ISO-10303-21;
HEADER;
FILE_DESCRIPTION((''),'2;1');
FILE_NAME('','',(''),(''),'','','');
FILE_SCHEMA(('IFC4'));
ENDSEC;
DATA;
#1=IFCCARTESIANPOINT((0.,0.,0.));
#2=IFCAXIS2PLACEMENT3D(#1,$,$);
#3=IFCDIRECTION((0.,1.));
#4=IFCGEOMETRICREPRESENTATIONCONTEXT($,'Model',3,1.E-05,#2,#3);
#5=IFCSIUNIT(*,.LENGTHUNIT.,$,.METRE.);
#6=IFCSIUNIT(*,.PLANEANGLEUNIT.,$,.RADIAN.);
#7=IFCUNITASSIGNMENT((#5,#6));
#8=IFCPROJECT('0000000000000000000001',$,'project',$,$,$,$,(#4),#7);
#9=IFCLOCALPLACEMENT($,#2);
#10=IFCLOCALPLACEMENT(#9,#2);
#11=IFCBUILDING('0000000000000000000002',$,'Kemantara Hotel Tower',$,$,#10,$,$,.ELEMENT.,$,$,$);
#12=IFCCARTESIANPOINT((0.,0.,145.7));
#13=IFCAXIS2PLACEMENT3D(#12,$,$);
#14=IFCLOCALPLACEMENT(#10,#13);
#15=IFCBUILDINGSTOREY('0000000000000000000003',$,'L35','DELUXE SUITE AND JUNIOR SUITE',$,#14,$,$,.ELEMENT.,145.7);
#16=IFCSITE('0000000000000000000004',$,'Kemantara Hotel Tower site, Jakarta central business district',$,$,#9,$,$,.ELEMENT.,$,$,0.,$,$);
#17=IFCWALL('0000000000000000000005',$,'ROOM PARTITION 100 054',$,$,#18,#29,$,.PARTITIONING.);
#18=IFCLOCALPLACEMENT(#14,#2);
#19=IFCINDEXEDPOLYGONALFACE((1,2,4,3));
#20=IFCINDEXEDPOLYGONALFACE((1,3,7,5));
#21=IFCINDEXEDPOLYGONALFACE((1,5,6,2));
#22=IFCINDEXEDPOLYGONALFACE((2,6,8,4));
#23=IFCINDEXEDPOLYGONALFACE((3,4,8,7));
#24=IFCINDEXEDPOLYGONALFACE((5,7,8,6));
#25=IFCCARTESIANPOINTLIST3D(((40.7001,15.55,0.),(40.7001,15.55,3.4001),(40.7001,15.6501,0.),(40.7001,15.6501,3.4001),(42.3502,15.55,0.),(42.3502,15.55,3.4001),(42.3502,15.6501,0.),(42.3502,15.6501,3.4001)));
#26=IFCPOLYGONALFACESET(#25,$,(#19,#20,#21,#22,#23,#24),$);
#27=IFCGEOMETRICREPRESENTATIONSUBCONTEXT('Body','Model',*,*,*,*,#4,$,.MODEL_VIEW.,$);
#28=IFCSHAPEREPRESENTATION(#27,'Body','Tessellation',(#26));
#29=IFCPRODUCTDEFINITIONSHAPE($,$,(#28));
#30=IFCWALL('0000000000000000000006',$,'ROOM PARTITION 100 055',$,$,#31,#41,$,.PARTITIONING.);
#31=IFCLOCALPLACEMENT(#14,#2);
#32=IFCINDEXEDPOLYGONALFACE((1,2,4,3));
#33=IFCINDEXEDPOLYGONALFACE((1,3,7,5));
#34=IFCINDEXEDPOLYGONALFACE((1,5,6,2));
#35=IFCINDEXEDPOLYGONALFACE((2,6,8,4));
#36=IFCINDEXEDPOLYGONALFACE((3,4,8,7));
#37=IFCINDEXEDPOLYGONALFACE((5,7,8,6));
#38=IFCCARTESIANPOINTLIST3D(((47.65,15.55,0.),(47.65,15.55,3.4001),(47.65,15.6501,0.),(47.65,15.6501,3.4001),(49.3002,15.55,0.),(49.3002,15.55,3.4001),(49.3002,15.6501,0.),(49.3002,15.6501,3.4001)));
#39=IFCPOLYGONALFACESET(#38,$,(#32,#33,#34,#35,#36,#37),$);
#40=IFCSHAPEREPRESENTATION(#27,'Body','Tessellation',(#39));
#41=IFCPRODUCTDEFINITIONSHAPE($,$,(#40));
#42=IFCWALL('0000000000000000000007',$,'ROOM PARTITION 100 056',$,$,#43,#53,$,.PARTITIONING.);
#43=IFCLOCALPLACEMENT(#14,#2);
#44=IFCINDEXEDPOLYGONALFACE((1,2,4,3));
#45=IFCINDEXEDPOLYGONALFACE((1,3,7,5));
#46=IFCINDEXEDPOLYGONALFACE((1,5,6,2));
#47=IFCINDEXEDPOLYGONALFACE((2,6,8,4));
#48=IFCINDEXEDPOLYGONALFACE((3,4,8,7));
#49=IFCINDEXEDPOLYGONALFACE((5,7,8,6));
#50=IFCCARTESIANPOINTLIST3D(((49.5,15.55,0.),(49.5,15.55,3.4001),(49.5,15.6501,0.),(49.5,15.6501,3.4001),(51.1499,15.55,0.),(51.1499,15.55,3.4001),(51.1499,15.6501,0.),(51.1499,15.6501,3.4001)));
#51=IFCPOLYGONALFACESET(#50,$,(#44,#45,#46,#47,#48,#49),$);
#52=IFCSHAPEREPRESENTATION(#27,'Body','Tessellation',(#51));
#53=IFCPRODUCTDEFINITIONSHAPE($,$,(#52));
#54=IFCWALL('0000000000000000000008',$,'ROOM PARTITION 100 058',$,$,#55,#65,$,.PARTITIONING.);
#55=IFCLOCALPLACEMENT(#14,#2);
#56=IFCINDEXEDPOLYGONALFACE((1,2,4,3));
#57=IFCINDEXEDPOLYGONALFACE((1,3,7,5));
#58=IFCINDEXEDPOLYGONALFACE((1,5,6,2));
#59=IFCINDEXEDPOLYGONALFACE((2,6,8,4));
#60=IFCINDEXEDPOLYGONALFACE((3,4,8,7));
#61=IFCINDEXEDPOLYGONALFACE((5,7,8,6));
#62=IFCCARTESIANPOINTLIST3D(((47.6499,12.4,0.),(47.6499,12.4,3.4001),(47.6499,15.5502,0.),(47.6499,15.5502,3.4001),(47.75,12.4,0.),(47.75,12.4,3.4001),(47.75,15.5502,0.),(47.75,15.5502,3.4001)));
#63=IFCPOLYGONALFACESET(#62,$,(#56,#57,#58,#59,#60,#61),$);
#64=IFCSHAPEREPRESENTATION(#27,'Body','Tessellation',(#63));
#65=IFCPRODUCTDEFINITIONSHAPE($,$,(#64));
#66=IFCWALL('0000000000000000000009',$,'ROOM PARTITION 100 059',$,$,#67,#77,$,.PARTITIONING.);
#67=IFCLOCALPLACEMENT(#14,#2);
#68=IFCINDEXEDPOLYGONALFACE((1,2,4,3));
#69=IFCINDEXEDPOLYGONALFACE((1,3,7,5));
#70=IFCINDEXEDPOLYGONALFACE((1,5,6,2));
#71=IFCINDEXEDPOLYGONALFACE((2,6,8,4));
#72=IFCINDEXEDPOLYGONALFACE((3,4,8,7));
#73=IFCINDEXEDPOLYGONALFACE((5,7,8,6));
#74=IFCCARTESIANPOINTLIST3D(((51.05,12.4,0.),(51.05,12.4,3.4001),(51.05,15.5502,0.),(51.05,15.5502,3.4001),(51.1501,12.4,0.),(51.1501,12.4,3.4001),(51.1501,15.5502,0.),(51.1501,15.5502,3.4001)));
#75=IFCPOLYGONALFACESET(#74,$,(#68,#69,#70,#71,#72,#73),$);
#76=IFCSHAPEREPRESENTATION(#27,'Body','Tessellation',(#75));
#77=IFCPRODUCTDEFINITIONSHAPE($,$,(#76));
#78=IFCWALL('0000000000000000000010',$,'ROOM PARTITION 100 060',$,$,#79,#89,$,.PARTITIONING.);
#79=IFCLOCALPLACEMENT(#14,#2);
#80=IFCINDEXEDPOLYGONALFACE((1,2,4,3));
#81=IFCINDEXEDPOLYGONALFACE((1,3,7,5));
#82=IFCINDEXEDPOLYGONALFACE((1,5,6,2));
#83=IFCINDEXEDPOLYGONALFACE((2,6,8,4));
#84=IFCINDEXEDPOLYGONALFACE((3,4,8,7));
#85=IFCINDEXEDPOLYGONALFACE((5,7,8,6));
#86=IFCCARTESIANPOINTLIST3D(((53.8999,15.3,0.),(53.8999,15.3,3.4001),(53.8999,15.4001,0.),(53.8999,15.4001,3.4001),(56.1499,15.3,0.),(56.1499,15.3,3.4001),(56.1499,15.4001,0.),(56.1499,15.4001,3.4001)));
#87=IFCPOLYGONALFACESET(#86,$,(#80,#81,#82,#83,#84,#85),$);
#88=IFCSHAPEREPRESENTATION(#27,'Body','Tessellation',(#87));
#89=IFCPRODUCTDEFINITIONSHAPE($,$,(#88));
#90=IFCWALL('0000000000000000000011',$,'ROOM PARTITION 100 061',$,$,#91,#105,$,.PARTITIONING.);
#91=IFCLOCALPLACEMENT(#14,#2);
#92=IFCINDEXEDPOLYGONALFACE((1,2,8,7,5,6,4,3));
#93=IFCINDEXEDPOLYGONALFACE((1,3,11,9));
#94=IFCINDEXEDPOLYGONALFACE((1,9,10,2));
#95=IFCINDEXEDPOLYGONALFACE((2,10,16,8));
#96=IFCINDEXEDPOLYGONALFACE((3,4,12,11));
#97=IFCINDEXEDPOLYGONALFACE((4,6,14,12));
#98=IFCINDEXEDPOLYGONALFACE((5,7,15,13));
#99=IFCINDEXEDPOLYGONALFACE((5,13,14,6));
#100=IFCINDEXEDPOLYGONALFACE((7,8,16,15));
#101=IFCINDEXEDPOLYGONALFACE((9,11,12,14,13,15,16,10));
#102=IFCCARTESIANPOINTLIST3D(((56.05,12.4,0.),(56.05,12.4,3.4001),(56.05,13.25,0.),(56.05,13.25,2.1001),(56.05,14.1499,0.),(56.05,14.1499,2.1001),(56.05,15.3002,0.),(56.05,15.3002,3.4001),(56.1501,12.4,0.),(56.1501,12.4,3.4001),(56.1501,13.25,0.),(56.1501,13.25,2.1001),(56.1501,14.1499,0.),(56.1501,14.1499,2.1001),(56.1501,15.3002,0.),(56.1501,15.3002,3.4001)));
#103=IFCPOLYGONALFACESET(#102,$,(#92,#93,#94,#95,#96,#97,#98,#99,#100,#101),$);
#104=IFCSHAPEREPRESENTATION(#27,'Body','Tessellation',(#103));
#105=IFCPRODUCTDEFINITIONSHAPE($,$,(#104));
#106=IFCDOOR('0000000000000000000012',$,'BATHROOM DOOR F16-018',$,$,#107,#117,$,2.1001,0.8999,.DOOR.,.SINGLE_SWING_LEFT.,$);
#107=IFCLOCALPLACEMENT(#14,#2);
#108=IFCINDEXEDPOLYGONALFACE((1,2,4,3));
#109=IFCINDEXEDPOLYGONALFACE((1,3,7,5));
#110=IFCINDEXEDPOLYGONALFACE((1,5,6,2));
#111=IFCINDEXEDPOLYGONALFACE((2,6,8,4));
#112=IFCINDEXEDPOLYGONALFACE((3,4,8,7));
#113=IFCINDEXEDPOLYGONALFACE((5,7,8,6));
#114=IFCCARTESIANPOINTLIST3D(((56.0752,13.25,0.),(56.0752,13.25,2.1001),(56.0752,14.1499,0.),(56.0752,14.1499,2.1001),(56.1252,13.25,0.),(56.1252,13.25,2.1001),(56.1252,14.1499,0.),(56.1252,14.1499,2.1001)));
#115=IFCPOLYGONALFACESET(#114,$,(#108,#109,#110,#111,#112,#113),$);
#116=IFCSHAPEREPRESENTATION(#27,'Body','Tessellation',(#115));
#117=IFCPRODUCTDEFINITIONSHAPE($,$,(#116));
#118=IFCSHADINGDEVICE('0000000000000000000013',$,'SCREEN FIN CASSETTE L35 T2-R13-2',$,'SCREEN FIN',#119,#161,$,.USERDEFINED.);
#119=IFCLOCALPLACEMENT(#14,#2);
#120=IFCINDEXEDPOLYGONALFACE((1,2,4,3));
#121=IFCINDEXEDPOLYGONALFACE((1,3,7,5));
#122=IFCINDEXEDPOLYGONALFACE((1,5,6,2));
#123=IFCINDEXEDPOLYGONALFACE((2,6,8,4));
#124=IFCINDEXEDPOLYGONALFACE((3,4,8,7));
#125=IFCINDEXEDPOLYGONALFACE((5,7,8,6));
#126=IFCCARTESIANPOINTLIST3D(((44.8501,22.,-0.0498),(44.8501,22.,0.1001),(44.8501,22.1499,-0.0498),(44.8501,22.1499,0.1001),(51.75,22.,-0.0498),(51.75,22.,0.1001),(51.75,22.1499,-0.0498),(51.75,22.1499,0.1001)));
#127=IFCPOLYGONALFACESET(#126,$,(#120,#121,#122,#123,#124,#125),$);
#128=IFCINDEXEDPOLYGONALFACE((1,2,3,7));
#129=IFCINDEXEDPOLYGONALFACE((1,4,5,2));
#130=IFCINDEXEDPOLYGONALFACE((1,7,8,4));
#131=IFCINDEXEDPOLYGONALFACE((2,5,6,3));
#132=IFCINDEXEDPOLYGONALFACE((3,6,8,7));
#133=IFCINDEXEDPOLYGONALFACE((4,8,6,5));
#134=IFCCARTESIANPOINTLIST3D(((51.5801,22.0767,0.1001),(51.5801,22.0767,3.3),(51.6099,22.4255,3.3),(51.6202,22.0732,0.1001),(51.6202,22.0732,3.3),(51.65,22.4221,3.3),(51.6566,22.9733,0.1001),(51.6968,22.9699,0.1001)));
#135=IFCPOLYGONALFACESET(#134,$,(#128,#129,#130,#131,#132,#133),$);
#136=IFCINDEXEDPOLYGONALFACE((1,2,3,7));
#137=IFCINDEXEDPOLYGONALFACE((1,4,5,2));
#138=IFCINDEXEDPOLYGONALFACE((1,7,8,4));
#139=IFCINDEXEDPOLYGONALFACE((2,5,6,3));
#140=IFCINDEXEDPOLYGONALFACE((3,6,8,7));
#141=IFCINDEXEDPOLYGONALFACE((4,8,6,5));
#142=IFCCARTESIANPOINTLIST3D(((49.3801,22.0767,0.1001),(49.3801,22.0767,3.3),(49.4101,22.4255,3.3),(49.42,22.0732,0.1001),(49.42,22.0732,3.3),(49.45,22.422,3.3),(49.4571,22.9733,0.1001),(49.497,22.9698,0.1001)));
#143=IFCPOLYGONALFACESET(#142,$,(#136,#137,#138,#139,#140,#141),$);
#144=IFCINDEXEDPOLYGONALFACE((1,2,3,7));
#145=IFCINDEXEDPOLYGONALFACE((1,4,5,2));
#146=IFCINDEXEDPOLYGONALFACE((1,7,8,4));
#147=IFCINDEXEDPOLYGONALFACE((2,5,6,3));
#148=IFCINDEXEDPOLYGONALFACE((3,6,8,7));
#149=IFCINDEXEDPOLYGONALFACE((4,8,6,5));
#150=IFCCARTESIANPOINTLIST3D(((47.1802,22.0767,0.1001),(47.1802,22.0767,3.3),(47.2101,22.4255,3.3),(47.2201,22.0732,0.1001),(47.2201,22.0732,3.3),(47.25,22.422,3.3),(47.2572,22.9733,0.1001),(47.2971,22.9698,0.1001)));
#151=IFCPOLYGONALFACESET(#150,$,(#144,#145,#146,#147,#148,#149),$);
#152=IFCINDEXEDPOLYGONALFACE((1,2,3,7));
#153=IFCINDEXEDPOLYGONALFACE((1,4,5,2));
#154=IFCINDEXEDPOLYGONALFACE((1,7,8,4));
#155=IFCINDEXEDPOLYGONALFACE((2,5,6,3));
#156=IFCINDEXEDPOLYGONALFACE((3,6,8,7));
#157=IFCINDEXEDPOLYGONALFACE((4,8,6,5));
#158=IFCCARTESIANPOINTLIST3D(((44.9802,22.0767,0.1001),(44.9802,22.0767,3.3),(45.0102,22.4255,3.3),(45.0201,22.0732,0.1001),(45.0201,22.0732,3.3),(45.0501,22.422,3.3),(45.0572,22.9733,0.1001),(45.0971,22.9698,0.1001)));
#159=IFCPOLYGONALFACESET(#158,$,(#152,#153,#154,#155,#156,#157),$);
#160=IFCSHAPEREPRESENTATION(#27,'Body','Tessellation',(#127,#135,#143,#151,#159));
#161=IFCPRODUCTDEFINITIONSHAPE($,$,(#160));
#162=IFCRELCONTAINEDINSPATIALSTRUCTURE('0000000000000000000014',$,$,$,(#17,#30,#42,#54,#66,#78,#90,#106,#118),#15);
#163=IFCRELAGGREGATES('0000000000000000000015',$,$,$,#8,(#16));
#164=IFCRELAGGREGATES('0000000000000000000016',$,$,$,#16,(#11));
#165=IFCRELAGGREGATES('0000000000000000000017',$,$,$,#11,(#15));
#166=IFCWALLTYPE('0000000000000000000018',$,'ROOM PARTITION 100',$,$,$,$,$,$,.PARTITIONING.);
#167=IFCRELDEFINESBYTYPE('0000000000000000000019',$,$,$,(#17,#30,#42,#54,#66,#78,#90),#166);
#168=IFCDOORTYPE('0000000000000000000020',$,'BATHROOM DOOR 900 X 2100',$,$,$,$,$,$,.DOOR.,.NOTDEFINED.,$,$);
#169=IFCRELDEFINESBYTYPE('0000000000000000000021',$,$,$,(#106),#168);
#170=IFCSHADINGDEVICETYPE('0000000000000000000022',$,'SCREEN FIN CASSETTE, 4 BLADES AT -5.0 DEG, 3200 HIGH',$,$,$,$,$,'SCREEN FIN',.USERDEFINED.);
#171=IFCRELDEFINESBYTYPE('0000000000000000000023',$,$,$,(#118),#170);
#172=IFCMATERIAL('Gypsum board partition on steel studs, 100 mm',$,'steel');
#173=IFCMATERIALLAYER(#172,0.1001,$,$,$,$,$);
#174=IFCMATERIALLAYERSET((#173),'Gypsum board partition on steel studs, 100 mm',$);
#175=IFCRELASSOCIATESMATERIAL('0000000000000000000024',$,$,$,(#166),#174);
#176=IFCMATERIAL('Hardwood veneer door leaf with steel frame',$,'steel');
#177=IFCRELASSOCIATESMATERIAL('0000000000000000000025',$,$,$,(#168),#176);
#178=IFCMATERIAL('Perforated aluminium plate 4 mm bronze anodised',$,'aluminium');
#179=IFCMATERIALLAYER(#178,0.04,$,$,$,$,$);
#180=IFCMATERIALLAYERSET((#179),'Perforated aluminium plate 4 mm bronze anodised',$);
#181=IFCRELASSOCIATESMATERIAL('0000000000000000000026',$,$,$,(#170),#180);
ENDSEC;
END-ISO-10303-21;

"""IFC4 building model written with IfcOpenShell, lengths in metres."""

from ifc_helpers import new_model, si_unit, direction, frame, frame_2d, origin, origin_2d, place, context, subcontext, project, spatial, polyline, rectangle, outline, extrude, source, transform, mapped, material, layer, layer_set, type_object, element, fill, save


model = new_model("IFC4")

# Units and contexts
model_context = context("Model", 3, precision=1e-05, world=origin(), true_north=direction((0.0, 1.0)))
body_context = subcontext(model_context, "Body", "Model", "MODEL_VIEW")
ifc_project = project(units=[si_unit("LENGTHUNIT", "METRE"), si_unit("PLANEANGLEUNIT", "RADIAN")], contexts=[model_context])

# Site, building, storey
site_placement = place(None, origin())
site = spatial("IfcSite", under=ifc_project, at=site_placement, Name="Kemantara Hotel Tower site, Jakarta central business district", CompositionType="ELEMENT", RefElevation=0.0)
building_placement = place(site_placement, origin())
building = spatial("IfcBuilding", under=site, at=building_placement, Name="Kemantara Hotel Tower", CompositionType="ELEMENT")
storey_placement = place(building_placement, frame((0.0, 0.0, 145.7)))
storey = spatial("IfcBuildingStorey", under=building, at=storey_placement, Name="L35", Description="DELUXE SUITE AND JUNIOR SUITE", CompositionType="ELEMENT", Elevation=145.7)

# Walls
ifc_material_1 = material(Name="Gypsum board partition on steel studs, 100 mm", Category="steel")
ifc_layer_1 = layer(ifc_material_1, 0.1001)
ifc_layer_set_1 = layer_set([ifc_layer_1], Name="Gypsum board partition on steel studs, 100 mm")
wall_type_1 = type_object("IfcWallType", Name="ROOM PARTITION 100", PredefinedType="PARTITIONING", material=ifc_layer_set_1)
for number, where, z_axis, x_axis, name in (
    (1, (40.7, 15.6001, 0.0), (0.0, 0.0, 1.0), (1.0, 0.0, 0.0), "ROOM PARTITION 100 054"),
    (2, (47.6499, 15.6001, 0.0), (0.0, 0.0, 1.0), (1.0, 0.0, 0.0), "ROOM PARTITION 100 055"),
):
    element("IfcWall", number, at=place(storey_placement, frame(where, z_axis=z_axis, x_axis=x_axis)), inside=storey, type_object=wall_type_1, Name=name, PredefinedType="PARTITIONING", context=body_context, shape_type="SweptSolid", body=[
        extrude(rectangle(XDim=1.6501, YDim=0.1001, at=frame_2d((0.8252, 0.0))), origin(), (0.0, 0.0, 1.0), 3.4001),
    ])
wall_1_placement = place(storey_placement, frame((49.5, 15.6001, 0.0), z_axis=(0.0, 0.0, 1.0), x_axis=(1.0, 0.0, 0.0)))
element("IfcWall", 3, at=wall_1_placement, inside=storey, type_object=wall_type_1, Name="ROOM PARTITION 100 056", PredefinedType="PARTITIONING", context=body_context, shape_type="SweptSolid", body=[
    extrude(rectangle(XDim=1.6499, YDim=0.1001, at=frame_2d((0.825, 0.0))), origin(), (0.0, 0.0, 1.0), 3.4001),
])
for number, where, z_axis, x_axis, name in (
    (4, (47.7, 12.3999, 0.0), (0.0, 0.0, 1.0), (0.0, 1.0, 0.0), "ROOM PARTITION 100 058"),
    (5, (51.1001, 12.3999, 0.0), (0.0, 0.0, 1.0), (0.0, 1.0, 0.0), "ROOM PARTITION 100 059"),
):
    element("IfcWall", number, at=place(storey_placement, frame(where, z_axis=z_axis, x_axis=x_axis)), inside=storey, type_object=wall_type_1, Name=name, PredefinedType="PARTITIONING", context=body_context, shape_type="SweptSolid", body=[
        extrude(rectangle(XDim=3.1501, YDim=0.1001, at=frame_2d((1.5752, 0.0))), origin(), (0.0, 0.0, 1.0), 3.4001),
    ])
wall_2_placement = place(storey_placement, frame((53.8999, 15.3501, 0.0), z_axis=(0.0, 0.0, 1.0), x_axis=(1.0, 0.0, 0.0)))
element("IfcWall", 6, at=wall_2_placement, inside=storey, type_object=wall_type_1, Name="ROOM PARTITION 100 060", PredefinedType="PARTITIONING", context=body_context, shape_type="SweptSolid", body=[
    extrude(rectangle(XDim=2.25, YDim=0.1001, at=frame_2d((1.125, 0.0))), origin(), (0.0, 0.0, 1.0), 3.4001),
])

# Wall, opening, door
wall_3_placement = place(storey_placement, frame((56.1001, 12.3999, 0.0), z_axis=(0.0, 0.0, 1.0), x_axis=(0.0, 1.0, 0.0)))
wall_3 = element("IfcWall", 7, at=wall_3_placement, inside=storey, type_object=wall_type_1, Name="ROOM PARTITION 100 061", PredefinedType="PARTITIONING", context=body_context, shape_type="SweptSolid", body=[
    extrude(rectangle(XDim=2.9001, YDim=0.1001, at=frame_2d((1.4502, 0.0))), origin(), (0.0, 0.0, 1.0), 3.4001),
])
opening_placement = place(wall_3_placement, frame((0.8501, 0.0, 0.0)))
opening = element("IfcOpeningElement", 8, at=opening_placement, cuts=wall_3, PredefinedType="OPENING", context=body_context, shape_type="SweptSolid", body=[
    extrude(rectangle(XDim=0.8999, YDim=2.1001, at=frame_2d((0.45, 1.05))), frame((0.0, 0.0601, 0.0), z_axis=(0.0, -1.0, 0.0), x_axis=(1.0, 0.0, 0.0)), (0.0, 0.0, 1.0), 0.1201),
])
ifc_material_2 = material(Name="Hardwood veneer door leaf with steel frame", Category="steel")
door_type = type_object("IfcDoorType", Name="BATHROOM DOOR 900 X 2100", OperationType="NOTDEFINED", PredefinedType="DOOR", material=ifc_material_2)
door_placement = place(opening_placement, origin())
door = element("IfcDoor", 9, at=door_placement, inside=storey, type_object=door_type, Name="BATHROOM DOOR F16-018", OperationType="SINGLE_SWING_LEFT", OverallHeight=2.1001, OverallWidth=0.8999, PredefinedType="DOOR", context=body_context, shape_type="SweptSolid", body=[
    extrude(rectangle(XDim=0.8999, YDim=2.1001, at=frame_2d((0.45, 1.05))), frame((0.0, 0.0249, 0.0), z_axis=(0.0, -1.0, 0.0), x_axis=(1.0, 0.0, 0.0)), (0.0, 0.0, 1.0), 0.05),
])
fill(opening, door)

# Shading device
ifc_material_3 = material(Name="Perforated aluminium plate 4 mm bronze anodised", Category="aluminium")
ifc_layer_2 = layer(ifc_material_3, 0.04)
ifc_layer_set_2 = layer_set([ifc_layer_2], Name="Perforated aluminium plate 4 mm bronze anodised")
shading_device_type_1 = type_object("IfcShadingDeviceType", Name="SCREEN FIN CASSETTE, 4 BLADES AT -5.0 DEG, 3200 HIGH", ElementType="SCREEN FIN", PredefinedType="USERDEFINED", material=ifc_layer_set_2)
shared_shape_1 = source(origin(), body_context, "Body", "SweptSolid", [
    extrude(rectangle(XDim=6.8999, YDim=0.1499, at=origin_2d()), frame((3.3, -0.075, -0.1499), z_axis=(0.0, 0.0, 1.0), x_axis=(1.0, 0.0, 0.0)), (0.0, 0.0, 1.0), 0.1499),
    extrude(outline(polyline([(0.0, 0.0), (0.8999, 0.0), (0.3501, 3.2), (0.0, 3.2), (0.0, 0.0)])), frame((0.02, -0.0767, 0.0), z_axis=(-0.996376, 0.085056, 0.0), x_axis=(-0.085056, -0.996376, 0.0)), (0.0, 0.0, 1.0), 0.0403),
    extrude(outline(polyline([(0.0, 0.0), (0.8999, 0.0), (0.3501, 3.2), (0.0, 3.2), (0.0, 0.0)])), frame((2.22, -0.0767, 0.0), z_axis=(-0.996332, 0.085575, 0.0), x_axis=(-0.085575, -0.996332, 0.0)), (0.0, 0.0, 1.0), 0.04),
    extrude(outline(polyline([(0.0, 0.0), (0.8999, 0.0), (0.3501, 3.2), (0.0, 3.2), (0.0, 0.0)])), frame((4.4199, -0.0767, 0.0), z_axis=(-0.996332, 0.085575, 0.0), x_axis=(-0.085575, -0.996332, 0.0)), (0.0, 0.0, 1.0), 0.04),
    extrude(outline(polyline([(0.0, 0.0), (0.8999, 0.0), (0.3501, 3.2), (0.0, 3.2), (0.0, 0.0)])), frame((6.6199, -0.0767, 0.0), z_axis=(-0.996332, 0.085575, 0.0), x_axis=(-0.085575, -0.996332, 0.0)), (0.0, 0.0, 1.0), 0.04),
])
shading_device_1_placement = place(storey_placement, frame((51.6001, 22.0, 0.1001), z_axis=(0.0, 0.0, 1.0), x_axis=(-1.0, 0.0, 0.0)))
element("IfcShadingDevice", 10, at=shading_device_1_placement, inside=storey, type_object=shading_device_type_1, Name="SCREEN FIN CASSETTE L35 T2-R13-2", ObjectType="SCREEN FIN", PredefinedType="USERDEFINED", context=body_context, shape_type="MappedRepresentation", body=[
    mapped(shared_shape_1, transform((0.0, 0.0, 0.0))),
])

save(model, "model.ifc")
